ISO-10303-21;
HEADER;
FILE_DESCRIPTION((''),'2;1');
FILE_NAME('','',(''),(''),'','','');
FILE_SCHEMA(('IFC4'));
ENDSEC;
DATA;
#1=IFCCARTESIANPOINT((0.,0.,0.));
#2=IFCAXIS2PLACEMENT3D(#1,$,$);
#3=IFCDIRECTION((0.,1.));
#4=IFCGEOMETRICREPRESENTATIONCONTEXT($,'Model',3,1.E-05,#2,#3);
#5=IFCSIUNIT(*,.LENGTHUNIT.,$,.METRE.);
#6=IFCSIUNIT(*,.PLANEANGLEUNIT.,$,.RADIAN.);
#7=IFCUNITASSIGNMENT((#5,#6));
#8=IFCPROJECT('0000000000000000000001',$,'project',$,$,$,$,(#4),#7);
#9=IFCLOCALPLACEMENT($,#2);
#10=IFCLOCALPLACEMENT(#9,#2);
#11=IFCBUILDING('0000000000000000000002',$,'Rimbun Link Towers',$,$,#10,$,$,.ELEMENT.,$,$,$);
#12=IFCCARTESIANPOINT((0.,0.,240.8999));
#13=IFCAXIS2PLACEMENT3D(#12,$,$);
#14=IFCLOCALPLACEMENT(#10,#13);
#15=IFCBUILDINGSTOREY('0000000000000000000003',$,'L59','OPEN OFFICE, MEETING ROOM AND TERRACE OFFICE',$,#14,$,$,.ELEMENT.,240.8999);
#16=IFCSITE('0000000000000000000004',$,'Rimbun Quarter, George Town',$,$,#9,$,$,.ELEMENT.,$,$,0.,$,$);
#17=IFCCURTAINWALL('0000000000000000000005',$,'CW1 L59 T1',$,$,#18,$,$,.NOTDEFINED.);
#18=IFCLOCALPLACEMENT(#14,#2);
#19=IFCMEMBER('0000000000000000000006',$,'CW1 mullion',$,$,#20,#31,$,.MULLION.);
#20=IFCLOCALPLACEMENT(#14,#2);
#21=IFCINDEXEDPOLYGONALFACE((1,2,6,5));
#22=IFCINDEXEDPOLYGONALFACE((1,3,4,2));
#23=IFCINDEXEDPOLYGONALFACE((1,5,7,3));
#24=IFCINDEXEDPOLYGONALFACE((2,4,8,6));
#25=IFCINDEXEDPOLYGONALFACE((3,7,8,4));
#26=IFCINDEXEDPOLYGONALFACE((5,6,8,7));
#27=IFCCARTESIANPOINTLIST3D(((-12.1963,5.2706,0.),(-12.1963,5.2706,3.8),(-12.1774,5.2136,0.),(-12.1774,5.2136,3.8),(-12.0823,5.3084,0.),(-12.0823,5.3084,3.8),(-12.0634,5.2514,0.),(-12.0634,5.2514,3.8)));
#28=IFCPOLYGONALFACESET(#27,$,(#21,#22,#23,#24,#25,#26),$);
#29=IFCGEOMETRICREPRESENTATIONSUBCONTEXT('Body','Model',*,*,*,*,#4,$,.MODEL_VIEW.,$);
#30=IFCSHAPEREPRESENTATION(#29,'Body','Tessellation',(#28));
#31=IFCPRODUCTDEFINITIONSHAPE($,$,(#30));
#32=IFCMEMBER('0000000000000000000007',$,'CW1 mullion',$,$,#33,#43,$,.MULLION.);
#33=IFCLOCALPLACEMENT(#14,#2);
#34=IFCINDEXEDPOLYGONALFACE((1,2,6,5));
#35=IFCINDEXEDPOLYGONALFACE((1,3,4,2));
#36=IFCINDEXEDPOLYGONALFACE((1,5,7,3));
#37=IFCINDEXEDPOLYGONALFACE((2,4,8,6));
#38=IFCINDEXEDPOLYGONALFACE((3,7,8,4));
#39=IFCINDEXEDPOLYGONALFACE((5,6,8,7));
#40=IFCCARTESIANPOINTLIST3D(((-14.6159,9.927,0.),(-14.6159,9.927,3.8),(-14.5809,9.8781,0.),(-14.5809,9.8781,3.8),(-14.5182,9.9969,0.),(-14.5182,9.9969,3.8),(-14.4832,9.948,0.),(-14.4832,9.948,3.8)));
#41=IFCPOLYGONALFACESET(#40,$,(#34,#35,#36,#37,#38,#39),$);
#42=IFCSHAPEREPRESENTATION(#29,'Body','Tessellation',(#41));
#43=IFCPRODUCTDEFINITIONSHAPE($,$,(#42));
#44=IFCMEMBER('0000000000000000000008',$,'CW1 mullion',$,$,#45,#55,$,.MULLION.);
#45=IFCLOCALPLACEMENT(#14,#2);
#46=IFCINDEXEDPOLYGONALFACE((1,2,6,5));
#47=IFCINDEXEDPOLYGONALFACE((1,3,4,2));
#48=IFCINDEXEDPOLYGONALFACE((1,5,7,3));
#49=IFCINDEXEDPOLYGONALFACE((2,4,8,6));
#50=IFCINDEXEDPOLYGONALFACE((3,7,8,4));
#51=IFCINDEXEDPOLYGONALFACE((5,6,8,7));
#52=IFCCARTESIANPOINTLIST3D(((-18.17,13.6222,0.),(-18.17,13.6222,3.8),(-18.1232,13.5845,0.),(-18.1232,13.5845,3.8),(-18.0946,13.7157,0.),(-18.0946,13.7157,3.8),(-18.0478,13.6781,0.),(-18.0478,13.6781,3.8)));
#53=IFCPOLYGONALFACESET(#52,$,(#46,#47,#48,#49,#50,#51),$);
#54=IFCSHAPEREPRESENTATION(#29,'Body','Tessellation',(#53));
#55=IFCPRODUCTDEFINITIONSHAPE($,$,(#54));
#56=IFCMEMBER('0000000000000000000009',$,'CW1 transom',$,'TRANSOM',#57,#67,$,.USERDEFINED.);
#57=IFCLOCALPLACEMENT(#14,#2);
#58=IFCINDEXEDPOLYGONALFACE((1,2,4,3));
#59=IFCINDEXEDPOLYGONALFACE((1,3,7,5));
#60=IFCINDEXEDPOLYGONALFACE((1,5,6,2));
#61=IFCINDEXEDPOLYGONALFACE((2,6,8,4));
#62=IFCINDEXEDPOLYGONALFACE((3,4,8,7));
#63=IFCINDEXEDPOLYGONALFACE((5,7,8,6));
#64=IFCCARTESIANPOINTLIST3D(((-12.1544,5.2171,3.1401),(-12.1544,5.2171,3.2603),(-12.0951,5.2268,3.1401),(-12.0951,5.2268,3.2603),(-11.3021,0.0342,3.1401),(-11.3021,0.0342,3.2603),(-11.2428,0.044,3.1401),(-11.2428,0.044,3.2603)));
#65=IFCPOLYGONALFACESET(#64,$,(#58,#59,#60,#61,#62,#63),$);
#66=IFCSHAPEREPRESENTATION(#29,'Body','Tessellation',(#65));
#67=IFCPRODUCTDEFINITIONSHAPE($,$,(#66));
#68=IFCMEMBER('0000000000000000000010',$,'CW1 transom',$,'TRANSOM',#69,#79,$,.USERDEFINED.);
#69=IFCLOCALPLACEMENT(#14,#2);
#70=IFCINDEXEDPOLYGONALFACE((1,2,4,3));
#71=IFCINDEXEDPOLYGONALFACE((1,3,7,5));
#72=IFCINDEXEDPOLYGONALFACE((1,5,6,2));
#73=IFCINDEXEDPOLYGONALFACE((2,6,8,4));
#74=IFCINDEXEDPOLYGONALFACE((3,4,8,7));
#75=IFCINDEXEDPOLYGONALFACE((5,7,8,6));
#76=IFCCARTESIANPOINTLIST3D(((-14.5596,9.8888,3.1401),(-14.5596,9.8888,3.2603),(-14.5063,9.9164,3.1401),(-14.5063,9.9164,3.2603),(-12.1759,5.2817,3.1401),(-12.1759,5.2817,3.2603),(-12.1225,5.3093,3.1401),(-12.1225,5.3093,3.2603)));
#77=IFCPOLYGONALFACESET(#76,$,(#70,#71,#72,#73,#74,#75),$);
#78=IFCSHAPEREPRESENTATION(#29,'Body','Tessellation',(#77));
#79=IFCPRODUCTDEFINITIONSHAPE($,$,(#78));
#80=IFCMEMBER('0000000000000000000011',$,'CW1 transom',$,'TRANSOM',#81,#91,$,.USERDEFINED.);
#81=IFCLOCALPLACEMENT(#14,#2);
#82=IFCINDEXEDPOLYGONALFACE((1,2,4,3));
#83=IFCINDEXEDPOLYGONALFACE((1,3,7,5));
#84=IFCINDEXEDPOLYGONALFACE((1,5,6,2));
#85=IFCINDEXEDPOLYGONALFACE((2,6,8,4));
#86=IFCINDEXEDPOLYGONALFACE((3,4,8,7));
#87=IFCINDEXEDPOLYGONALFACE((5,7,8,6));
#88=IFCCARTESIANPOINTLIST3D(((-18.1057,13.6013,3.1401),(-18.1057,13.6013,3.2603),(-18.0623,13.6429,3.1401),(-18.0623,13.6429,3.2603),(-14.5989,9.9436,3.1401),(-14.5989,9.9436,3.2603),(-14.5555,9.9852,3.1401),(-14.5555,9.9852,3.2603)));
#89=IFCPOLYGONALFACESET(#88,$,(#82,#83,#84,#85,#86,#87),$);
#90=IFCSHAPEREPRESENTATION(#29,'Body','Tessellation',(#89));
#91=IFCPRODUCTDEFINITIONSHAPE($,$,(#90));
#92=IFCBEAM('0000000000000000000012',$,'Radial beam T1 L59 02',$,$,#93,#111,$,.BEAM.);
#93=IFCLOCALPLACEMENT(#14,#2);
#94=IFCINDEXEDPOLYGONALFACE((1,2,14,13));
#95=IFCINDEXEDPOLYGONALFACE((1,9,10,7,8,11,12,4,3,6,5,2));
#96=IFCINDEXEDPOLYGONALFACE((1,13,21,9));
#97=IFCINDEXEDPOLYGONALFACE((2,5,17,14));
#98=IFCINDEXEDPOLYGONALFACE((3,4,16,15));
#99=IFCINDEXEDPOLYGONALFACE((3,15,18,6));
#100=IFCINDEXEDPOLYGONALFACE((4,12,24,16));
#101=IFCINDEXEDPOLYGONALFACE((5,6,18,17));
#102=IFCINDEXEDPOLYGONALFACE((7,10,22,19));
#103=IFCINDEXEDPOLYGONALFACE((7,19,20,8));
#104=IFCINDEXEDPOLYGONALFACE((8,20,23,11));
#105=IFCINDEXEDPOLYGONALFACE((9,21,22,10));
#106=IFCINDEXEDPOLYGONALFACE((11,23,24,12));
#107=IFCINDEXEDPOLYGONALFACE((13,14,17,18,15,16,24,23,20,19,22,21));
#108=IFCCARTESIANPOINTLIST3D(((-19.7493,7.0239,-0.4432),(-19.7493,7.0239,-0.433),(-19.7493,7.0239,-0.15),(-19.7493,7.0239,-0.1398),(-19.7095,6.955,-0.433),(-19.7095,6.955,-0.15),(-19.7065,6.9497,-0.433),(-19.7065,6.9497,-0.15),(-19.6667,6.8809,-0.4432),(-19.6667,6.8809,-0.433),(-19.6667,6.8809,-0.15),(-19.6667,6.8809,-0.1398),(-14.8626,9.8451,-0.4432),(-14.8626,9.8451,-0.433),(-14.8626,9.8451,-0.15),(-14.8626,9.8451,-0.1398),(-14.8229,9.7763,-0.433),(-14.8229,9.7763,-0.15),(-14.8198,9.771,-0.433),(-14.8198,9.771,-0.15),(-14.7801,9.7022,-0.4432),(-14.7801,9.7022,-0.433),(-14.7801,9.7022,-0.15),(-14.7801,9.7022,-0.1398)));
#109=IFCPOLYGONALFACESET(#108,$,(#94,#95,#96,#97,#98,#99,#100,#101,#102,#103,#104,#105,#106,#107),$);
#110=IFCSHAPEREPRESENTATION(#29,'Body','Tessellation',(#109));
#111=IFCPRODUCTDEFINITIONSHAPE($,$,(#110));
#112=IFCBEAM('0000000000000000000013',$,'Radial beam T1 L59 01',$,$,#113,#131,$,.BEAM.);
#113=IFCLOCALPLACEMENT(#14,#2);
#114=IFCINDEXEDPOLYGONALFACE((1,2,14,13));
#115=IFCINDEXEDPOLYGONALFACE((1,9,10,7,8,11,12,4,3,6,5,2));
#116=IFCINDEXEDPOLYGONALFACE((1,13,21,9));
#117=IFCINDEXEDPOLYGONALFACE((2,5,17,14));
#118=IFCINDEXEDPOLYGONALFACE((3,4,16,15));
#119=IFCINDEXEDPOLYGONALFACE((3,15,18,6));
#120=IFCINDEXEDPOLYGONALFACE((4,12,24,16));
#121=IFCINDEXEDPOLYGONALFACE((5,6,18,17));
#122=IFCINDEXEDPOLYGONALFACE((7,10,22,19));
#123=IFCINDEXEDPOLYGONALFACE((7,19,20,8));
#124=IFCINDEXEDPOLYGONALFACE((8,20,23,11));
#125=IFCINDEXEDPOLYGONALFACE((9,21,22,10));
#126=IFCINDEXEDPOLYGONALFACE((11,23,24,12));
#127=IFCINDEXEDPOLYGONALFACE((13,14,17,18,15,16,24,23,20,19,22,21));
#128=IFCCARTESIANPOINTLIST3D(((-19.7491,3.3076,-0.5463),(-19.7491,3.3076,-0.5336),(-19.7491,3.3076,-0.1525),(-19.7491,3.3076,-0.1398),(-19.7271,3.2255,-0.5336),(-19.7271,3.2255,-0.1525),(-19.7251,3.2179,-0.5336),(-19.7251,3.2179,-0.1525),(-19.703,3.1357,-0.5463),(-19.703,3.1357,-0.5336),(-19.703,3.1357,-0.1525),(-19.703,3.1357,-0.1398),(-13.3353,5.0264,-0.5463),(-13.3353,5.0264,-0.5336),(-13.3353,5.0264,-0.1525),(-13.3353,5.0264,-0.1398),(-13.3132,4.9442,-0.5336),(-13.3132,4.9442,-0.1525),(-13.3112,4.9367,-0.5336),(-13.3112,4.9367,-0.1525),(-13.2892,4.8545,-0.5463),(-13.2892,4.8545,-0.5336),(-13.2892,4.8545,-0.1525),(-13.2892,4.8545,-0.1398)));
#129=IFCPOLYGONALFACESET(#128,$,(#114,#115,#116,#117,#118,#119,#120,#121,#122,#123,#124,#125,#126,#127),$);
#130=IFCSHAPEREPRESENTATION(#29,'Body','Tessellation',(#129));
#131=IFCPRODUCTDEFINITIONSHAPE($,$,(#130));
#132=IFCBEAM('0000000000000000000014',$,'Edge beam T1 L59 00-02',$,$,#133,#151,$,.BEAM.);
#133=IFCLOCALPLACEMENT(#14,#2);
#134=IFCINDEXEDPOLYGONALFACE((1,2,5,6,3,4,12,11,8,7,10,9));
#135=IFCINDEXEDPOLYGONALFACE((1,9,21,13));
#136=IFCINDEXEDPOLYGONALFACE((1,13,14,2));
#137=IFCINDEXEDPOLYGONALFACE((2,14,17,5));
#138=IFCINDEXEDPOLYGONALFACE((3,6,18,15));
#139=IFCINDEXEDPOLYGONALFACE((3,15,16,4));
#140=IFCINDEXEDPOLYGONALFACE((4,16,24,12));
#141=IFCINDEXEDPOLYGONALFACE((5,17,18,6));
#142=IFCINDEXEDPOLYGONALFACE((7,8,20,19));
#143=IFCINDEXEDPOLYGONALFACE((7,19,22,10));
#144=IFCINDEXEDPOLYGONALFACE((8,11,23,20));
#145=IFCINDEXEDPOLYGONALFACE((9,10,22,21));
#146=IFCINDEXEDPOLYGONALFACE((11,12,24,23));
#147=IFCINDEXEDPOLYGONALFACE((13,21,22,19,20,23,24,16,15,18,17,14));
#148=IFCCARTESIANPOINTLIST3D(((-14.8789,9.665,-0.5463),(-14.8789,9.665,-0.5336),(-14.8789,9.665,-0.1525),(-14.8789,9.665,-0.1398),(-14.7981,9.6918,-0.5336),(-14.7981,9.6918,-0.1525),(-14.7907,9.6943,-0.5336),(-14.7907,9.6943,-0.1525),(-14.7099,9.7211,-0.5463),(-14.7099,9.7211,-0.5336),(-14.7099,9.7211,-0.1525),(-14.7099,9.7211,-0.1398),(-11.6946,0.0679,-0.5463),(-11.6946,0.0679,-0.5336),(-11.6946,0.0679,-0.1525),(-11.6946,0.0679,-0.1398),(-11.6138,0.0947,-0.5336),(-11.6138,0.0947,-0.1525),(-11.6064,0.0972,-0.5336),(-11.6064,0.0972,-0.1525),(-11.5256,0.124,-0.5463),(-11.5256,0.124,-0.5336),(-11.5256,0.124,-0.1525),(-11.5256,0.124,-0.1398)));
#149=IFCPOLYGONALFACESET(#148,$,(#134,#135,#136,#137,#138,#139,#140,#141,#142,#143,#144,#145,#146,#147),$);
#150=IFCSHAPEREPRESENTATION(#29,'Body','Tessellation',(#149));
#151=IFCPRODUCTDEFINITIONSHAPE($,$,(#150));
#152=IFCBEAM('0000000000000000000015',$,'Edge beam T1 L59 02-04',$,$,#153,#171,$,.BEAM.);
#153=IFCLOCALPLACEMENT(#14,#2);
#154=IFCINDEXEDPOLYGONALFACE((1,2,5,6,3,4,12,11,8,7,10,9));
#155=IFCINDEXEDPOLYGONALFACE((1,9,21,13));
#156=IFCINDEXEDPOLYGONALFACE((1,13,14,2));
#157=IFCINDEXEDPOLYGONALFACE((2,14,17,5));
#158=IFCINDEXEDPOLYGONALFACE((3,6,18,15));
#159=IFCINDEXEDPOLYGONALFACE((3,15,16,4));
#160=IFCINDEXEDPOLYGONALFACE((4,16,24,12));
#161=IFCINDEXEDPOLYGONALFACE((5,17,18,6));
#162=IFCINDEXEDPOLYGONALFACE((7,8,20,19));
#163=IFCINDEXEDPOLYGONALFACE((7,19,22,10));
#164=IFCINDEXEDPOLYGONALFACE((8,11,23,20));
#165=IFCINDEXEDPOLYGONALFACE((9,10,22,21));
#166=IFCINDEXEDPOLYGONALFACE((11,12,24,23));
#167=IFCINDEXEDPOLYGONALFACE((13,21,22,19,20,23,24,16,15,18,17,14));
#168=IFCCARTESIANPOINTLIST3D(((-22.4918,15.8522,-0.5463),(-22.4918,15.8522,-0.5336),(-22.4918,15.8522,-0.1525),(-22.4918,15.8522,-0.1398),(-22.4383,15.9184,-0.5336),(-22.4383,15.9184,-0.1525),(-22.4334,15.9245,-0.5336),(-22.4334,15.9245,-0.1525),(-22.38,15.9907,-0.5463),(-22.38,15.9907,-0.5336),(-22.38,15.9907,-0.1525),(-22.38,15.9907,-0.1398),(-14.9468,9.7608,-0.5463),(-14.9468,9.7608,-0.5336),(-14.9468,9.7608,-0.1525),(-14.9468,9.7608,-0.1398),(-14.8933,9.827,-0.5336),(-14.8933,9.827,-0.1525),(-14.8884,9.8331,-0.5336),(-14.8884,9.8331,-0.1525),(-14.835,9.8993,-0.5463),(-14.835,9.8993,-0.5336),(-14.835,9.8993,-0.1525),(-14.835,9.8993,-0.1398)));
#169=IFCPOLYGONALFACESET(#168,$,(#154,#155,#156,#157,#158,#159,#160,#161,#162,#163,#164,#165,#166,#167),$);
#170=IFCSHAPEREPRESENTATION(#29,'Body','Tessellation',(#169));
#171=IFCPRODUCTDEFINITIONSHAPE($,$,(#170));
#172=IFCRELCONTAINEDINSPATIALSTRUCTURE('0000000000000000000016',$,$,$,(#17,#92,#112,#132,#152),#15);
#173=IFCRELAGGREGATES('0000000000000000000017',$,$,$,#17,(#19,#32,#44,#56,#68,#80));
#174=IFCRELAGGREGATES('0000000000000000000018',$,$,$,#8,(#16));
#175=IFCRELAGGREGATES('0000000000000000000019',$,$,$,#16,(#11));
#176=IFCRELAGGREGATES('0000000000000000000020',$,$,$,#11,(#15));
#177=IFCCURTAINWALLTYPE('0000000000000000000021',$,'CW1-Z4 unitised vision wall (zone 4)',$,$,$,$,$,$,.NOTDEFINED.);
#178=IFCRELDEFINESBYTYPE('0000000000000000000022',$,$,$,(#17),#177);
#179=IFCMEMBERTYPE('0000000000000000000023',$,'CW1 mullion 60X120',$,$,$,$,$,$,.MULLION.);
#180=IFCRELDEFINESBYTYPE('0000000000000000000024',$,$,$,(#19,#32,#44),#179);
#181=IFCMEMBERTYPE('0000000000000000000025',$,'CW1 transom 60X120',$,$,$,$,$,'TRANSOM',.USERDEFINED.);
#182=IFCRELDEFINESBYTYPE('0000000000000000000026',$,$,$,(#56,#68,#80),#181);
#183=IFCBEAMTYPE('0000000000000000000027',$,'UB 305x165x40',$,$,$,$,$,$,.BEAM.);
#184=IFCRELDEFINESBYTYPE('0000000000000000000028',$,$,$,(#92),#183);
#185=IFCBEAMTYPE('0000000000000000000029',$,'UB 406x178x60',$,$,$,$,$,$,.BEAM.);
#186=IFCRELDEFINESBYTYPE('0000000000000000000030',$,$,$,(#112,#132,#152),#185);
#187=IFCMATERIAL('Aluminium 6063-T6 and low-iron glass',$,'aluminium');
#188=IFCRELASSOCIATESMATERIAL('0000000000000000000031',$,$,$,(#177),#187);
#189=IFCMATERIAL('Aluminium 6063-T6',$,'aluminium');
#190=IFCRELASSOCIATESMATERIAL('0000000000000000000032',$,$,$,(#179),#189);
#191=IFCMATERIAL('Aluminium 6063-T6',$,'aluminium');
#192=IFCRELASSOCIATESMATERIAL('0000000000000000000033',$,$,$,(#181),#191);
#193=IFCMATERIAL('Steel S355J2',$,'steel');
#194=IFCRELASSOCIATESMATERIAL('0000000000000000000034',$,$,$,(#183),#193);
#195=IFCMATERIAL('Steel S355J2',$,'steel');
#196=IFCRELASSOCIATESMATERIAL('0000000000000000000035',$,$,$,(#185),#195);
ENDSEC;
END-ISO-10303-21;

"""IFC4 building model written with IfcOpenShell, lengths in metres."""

from ifc_helpers import new_model, si_unit, direction, frame, origin, origin_2d, place, context, subcontext, project, spatial, rectangle, i_section, extrude, material, material_profile, profile_set, type_object, element, aggregate, save


model = new_model("IFC4")

# Units and contexts
model_context = context("Model", 3, precision=1e-05, world=origin(), true_north=direction((0.0, 1.0)))
body_context = subcontext(model_context, "Body", "Model", "MODEL_VIEW")
ifc_project = project(units=[si_unit("LENGTHUNIT", "METRE"), si_unit("PLANEANGLEUNIT", "RADIAN")], contexts=[model_context])

# Site, building, storey
site_placement = place(None, origin())
site = spatial("IfcSite", under=ifc_project, at=site_placement, Name="Rimbun Quarter, George Town", CompositionType="ELEMENT", RefElevation=0.0)
building_placement = place(site_placement, origin())
building = spatial("IfcBuilding", under=site, at=building_placement, Name="Rimbun Link Towers", CompositionType="ELEMENT")
storey_placement = place(building_placement, frame((0.0, 0.0, 240.8999)))
storey = spatial("IfcBuildingStorey", under=building, at=storey_placement, Name="L59", Description="OPEN OFFICE, MEETING ROOM AND TERRACE OFFICE", CompositionType="ELEMENT", Elevation=240.8999)

# Curtain wall, members
ifc_material_1 = material(Name="Aluminium 6063-T6 and low-iron glass", Category="aluminium")
curtain_wall_type = type_object("IfcCurtainWallType", Name="CW1-Z4 unitised vision wall (zone 4)", PredefinedType="NOTDEFINED", material=ifc_material_1)
curtain_wall_placement = place(storey_placement, origin())
curtain_wall = element("IfcCurtainWall", 1, at=curtain_wall_placement, inside=storey, type_object=curtain_wall_type, Name="CW1 L59 T1", PredefinedType="NOTDEFINED")
ifc_material_2 = material(Name="Aluminium 6063-T6", Category="aluminium")
ifc_material_profile_1 = material_profile(ifc_material_2, rectangle(XDim=0.1201, YDim=0.0601, at=origin_2d()), Name="MULLION 60X120")
ifc_profile_set_1 = profile_set([ifc_material_profile_1], Name="Aluminium 6063-T6")
member_type_1 = type_object("IfcMemberType", Name="CW1 mullion 60X120", PredefinedType="MULLION", material=ifc_profile_set_1)
member_1_placement = place(storey_placement, frame((-12.1299, 5.261, 0.0), z_axis=(0.0, 0.0, 1.0), x_axis=(0.949161, 0.31479, 0.0)))
member_1 = element("IfcMember", 2, at=member_1_placement, type_object=member_type_1, Name="CW1 mullion", PredefinedType="MULLION", context=body_context, shape_type="SweptSolid", body=[
    extrude(rectangle(XDim=0.1201, YDim=0.0601, at=origin_2d()), origin(), (0.0, 0.0, 1.0), 3.8),
])
member_2_placement = place(storey_placement, frame((-14.5496, 9.9375, 0.0), z_axis=(0.0, 0.0, 1.0), x_axis=(0.813348, 0.581778, 0.0)))
member_2 = element("IfcMember", 3, at=member_2_placement, type_object=member_type_1, Name="CW1 mullion", PredefinedType="MULLION", context=body_context, shape_type="SweptSolid", body=[
    extrude(rectangle(XDim=0.1201, YDim=0.0601, at=origin_2d()), origin(), (0.0, 0.0, 1.0), 3.8),
])
member_3_placement = place(storey_placement, frame((-18.1089, 13.6501, 0.0), z_axis=(0.0, 0.0, 1.0), x_axis=(0.627668, 0.778481, 0.0)))
member_3 = element("IfcMember", 4, at=member_3_placement, type_object=member_type_1, Name="CW1 mullion", PredefinedType="MULLION", context=body_context, shape_type="SweptSolid", body=[
    extrude(rectangle(XDim=0.1201, YDim=0.0601, at=origin_2d()), origin(), (0.0, 0.0, 1.0), 3.8),
])
ifc_material_3 = material(Name="Aluminium 6063-T6", Category="aluminium")
ifc_material_profile_2 = material_profile(ifc_material_3, rectangle(XDim=0.0601, YDim=0.1201, at=origin_2d()), Name="TRANSOM 60X120")
ifc_profile_set_2 = profile_set([ifc_material_profile_2], Name="Aluminium 6063-T6")
member_type_2 = type_object("IfcMemberType", Name="CW1 transom 60X120", ElementType="TRANSOM", PredefinedType="USERDEFINED", material=ifc_profile_set_2)
member_4_placement = place(storey_placement, frame((-12.1248, 5.2219, 3.2002), z_axis=(0.162265, -0.986747, 0.0), x_axis=(0.986747, 0.162265, 0.0)))
member_4 = element("IfcMember", 5, at=member_4_placement, type_object=member_type_2, Name="CW1 transom", ObjectType="TRANSOM", PredefinedType="USERDEFINED", context=body_context, shape_type="SweptSolid", body=[
    extrude(rectangle(XDim=0.0601, YDim=0.1201, at=origin_2d()), origin(), (0.0, 0.0, 1.0), 5.2524),
])
member_5_placement = place(storey_placement, frame((-14.533, 9.9026, 3.2002), z_axis=(0.459539, -0.888157, 0.0), x_axis=(0.888157, 0.459539, 0.0)))
member_5 = element("IfcMember", 6, at=member_5_placement, type_object=member_type_2, Name="CW1 transom", ObjectType="TRANSOM", PredefinedType="USERDEFINED", context=body_context, shape_type="SweptSolid", body=[
    extrude(rectangle(XDim=0.0601, YDim=0.1201, at=origin_2d()), origin(), (0.0, 0.0, 1.0), 5.1873),
])
member_6_placement = place(storey_placement, frame((-18.084, 13.6221, 3.2002), z_axis=(0.692062, -0.721838, 0.0), x_axis=(0.721838, 0.692062, 0.0)))
member_6 = element("IfcMember", 7, at=member_6_placement, type_object=member_type_2, Name="CW1 transom", ObjectType="TRANSOM", PredefinedType="USERDEFINED", context=body_context, shape_type="SweptSolid", body=[
    extrude(rectangle(XDim=0.0601, YDim=0.1201, at=origin_2d()), origin(), (0.0, 0.0, 1.0), 5.0671),
])

# Beams
ifc_material_4 = material(Name="Steel S355J2", Category="steel")
ifc_material_profile_3 = material_profile(ifc_material_4, i_section(OverallWidth=0.165, OverallDepth=0.3035, WebThickness=0.0061, FlangeThickness=0.0103, at=origin_2d()), Name="UB 305x165x40")
ifc_profile_set_3 = profile_set([ifc_material_profile_3], Name="Steel S355J2")
beam_type_1 = type_object("IfcBeamType", Name="UB 305x165x40", PredefinedType="BEAM", material=ifc_profile_set_3)
beam_1_placement = place(storey_placement, frame((-19.708, 6.9524, -0.2915), z_axis=(0.86603, 0.499992, 0.0), x_axis=(-0.499992, 0.86603, 0.0)))
element("IfcBeam", 8, at=beam_1_placement, inside=storey, type_object=beam_type_1, Name="Radial beam T1 L59 02", PredefinedType="BEAM", context=body_context, shape_type="SweptSolid", body=[
    extrude(i_section(OverallWidth=0.165, OverallDepth=0.3035, WebThickness=0.0061, FlangeThickness=0.0103, at=origin_2d()), origin(), (0.0, 0.0, 1.0), 5.6426),
])
ifc_material_5 = material(Name="Steel S355J2", Category="steel")
ifc_material_profile_4 = material_profile(ifc_material_5, i_section(OverallWidth=0.178, OverallDepth=0.4065, WebThickness=0.0078, FlangeThickness=0.0127, at=origin_2d()), Name="UB 406x178x60")
ifc_profile_set_4 = profile_set([ifc_material_profile_4], Name="Steel S355J2")
beam_type_2 = type_object("IfcBeamType", Name="UB 406x178x60", PredefinedType="BEAM", material=ifc_profile_set_4)
beam_2_placement = place(storey_placement, frame((-19.7261, 3.2217, -0.343), z_axis=(0.965919, 0.258843, 0.0), x_axis=(-0.258843, 0.965919, 0.0)))
element("IfcBeam", 9, at=beam_2_placement, inside=storey, type_object=beam_type_2, Name="Radial beam T1 L59 01", PredefinedType="BEAM", context=body_context, shape_type="SweptSolid", body=[
    extrude(i_section(OverallWidth=0.178, OverallDepth=0.4065, WebThickness=0.0078, FlangeThickness=0.0127, at=origin_2d()), origin(), (0.0, 0.0, 1.0), 6.6401),
])
beam_3_placement = place(storey_placement, frame((-11.6101, 0.0959, -0.343), z_axis=(-0.314916, 0.949119, 0.0), x_axis=(-0.949119, -0.314916, 0.0)))
element("IfcBeam", 10, at=beam_3_placement, inside=storey, type_object=beam_type_2, Name="Edge beam T1 L59 00-02", PredefinedType="BEAM", context=body_context, shape_type="SweptSolid", body=[
    extrude(i_section(OverallWidth=0.178, OverallDepth=0.4065, WebThickness=0.0078, FlangeThickness=0.0127, at=origin_2d()), origin(), (0.0, 0.0, 1.0), 10.1116),
])
beam_4_placement = place(storey_placement, frame((-14.8909, 9.8301, -0.343), z_axis=(-0.778076, 0.628171, 0.0), x_axis=(-0.628171, -0.778076, 0.0)))
element("IfcBeam", 11, at=beam_4_placement, inside=storey, type_object=beam_type_2, Name="Edge beam T1 L59 02-04", PredefinedType="BEAM", context=body_context, shape_type="SweptSolid", body=[
    extrude(i_section(OverallWidth=0.178, OverallDepth=0.4065, WebThickness=0.0078, FlangeThickness=0.0127, at=origin_2d()), origin(), (0.0, 0.0, 1.0), 9.697),
])

aggregate(curtain_wall, [member_1, member_2, member_3, member_4, member_5, member_6])

save(model, "model.ifc")
